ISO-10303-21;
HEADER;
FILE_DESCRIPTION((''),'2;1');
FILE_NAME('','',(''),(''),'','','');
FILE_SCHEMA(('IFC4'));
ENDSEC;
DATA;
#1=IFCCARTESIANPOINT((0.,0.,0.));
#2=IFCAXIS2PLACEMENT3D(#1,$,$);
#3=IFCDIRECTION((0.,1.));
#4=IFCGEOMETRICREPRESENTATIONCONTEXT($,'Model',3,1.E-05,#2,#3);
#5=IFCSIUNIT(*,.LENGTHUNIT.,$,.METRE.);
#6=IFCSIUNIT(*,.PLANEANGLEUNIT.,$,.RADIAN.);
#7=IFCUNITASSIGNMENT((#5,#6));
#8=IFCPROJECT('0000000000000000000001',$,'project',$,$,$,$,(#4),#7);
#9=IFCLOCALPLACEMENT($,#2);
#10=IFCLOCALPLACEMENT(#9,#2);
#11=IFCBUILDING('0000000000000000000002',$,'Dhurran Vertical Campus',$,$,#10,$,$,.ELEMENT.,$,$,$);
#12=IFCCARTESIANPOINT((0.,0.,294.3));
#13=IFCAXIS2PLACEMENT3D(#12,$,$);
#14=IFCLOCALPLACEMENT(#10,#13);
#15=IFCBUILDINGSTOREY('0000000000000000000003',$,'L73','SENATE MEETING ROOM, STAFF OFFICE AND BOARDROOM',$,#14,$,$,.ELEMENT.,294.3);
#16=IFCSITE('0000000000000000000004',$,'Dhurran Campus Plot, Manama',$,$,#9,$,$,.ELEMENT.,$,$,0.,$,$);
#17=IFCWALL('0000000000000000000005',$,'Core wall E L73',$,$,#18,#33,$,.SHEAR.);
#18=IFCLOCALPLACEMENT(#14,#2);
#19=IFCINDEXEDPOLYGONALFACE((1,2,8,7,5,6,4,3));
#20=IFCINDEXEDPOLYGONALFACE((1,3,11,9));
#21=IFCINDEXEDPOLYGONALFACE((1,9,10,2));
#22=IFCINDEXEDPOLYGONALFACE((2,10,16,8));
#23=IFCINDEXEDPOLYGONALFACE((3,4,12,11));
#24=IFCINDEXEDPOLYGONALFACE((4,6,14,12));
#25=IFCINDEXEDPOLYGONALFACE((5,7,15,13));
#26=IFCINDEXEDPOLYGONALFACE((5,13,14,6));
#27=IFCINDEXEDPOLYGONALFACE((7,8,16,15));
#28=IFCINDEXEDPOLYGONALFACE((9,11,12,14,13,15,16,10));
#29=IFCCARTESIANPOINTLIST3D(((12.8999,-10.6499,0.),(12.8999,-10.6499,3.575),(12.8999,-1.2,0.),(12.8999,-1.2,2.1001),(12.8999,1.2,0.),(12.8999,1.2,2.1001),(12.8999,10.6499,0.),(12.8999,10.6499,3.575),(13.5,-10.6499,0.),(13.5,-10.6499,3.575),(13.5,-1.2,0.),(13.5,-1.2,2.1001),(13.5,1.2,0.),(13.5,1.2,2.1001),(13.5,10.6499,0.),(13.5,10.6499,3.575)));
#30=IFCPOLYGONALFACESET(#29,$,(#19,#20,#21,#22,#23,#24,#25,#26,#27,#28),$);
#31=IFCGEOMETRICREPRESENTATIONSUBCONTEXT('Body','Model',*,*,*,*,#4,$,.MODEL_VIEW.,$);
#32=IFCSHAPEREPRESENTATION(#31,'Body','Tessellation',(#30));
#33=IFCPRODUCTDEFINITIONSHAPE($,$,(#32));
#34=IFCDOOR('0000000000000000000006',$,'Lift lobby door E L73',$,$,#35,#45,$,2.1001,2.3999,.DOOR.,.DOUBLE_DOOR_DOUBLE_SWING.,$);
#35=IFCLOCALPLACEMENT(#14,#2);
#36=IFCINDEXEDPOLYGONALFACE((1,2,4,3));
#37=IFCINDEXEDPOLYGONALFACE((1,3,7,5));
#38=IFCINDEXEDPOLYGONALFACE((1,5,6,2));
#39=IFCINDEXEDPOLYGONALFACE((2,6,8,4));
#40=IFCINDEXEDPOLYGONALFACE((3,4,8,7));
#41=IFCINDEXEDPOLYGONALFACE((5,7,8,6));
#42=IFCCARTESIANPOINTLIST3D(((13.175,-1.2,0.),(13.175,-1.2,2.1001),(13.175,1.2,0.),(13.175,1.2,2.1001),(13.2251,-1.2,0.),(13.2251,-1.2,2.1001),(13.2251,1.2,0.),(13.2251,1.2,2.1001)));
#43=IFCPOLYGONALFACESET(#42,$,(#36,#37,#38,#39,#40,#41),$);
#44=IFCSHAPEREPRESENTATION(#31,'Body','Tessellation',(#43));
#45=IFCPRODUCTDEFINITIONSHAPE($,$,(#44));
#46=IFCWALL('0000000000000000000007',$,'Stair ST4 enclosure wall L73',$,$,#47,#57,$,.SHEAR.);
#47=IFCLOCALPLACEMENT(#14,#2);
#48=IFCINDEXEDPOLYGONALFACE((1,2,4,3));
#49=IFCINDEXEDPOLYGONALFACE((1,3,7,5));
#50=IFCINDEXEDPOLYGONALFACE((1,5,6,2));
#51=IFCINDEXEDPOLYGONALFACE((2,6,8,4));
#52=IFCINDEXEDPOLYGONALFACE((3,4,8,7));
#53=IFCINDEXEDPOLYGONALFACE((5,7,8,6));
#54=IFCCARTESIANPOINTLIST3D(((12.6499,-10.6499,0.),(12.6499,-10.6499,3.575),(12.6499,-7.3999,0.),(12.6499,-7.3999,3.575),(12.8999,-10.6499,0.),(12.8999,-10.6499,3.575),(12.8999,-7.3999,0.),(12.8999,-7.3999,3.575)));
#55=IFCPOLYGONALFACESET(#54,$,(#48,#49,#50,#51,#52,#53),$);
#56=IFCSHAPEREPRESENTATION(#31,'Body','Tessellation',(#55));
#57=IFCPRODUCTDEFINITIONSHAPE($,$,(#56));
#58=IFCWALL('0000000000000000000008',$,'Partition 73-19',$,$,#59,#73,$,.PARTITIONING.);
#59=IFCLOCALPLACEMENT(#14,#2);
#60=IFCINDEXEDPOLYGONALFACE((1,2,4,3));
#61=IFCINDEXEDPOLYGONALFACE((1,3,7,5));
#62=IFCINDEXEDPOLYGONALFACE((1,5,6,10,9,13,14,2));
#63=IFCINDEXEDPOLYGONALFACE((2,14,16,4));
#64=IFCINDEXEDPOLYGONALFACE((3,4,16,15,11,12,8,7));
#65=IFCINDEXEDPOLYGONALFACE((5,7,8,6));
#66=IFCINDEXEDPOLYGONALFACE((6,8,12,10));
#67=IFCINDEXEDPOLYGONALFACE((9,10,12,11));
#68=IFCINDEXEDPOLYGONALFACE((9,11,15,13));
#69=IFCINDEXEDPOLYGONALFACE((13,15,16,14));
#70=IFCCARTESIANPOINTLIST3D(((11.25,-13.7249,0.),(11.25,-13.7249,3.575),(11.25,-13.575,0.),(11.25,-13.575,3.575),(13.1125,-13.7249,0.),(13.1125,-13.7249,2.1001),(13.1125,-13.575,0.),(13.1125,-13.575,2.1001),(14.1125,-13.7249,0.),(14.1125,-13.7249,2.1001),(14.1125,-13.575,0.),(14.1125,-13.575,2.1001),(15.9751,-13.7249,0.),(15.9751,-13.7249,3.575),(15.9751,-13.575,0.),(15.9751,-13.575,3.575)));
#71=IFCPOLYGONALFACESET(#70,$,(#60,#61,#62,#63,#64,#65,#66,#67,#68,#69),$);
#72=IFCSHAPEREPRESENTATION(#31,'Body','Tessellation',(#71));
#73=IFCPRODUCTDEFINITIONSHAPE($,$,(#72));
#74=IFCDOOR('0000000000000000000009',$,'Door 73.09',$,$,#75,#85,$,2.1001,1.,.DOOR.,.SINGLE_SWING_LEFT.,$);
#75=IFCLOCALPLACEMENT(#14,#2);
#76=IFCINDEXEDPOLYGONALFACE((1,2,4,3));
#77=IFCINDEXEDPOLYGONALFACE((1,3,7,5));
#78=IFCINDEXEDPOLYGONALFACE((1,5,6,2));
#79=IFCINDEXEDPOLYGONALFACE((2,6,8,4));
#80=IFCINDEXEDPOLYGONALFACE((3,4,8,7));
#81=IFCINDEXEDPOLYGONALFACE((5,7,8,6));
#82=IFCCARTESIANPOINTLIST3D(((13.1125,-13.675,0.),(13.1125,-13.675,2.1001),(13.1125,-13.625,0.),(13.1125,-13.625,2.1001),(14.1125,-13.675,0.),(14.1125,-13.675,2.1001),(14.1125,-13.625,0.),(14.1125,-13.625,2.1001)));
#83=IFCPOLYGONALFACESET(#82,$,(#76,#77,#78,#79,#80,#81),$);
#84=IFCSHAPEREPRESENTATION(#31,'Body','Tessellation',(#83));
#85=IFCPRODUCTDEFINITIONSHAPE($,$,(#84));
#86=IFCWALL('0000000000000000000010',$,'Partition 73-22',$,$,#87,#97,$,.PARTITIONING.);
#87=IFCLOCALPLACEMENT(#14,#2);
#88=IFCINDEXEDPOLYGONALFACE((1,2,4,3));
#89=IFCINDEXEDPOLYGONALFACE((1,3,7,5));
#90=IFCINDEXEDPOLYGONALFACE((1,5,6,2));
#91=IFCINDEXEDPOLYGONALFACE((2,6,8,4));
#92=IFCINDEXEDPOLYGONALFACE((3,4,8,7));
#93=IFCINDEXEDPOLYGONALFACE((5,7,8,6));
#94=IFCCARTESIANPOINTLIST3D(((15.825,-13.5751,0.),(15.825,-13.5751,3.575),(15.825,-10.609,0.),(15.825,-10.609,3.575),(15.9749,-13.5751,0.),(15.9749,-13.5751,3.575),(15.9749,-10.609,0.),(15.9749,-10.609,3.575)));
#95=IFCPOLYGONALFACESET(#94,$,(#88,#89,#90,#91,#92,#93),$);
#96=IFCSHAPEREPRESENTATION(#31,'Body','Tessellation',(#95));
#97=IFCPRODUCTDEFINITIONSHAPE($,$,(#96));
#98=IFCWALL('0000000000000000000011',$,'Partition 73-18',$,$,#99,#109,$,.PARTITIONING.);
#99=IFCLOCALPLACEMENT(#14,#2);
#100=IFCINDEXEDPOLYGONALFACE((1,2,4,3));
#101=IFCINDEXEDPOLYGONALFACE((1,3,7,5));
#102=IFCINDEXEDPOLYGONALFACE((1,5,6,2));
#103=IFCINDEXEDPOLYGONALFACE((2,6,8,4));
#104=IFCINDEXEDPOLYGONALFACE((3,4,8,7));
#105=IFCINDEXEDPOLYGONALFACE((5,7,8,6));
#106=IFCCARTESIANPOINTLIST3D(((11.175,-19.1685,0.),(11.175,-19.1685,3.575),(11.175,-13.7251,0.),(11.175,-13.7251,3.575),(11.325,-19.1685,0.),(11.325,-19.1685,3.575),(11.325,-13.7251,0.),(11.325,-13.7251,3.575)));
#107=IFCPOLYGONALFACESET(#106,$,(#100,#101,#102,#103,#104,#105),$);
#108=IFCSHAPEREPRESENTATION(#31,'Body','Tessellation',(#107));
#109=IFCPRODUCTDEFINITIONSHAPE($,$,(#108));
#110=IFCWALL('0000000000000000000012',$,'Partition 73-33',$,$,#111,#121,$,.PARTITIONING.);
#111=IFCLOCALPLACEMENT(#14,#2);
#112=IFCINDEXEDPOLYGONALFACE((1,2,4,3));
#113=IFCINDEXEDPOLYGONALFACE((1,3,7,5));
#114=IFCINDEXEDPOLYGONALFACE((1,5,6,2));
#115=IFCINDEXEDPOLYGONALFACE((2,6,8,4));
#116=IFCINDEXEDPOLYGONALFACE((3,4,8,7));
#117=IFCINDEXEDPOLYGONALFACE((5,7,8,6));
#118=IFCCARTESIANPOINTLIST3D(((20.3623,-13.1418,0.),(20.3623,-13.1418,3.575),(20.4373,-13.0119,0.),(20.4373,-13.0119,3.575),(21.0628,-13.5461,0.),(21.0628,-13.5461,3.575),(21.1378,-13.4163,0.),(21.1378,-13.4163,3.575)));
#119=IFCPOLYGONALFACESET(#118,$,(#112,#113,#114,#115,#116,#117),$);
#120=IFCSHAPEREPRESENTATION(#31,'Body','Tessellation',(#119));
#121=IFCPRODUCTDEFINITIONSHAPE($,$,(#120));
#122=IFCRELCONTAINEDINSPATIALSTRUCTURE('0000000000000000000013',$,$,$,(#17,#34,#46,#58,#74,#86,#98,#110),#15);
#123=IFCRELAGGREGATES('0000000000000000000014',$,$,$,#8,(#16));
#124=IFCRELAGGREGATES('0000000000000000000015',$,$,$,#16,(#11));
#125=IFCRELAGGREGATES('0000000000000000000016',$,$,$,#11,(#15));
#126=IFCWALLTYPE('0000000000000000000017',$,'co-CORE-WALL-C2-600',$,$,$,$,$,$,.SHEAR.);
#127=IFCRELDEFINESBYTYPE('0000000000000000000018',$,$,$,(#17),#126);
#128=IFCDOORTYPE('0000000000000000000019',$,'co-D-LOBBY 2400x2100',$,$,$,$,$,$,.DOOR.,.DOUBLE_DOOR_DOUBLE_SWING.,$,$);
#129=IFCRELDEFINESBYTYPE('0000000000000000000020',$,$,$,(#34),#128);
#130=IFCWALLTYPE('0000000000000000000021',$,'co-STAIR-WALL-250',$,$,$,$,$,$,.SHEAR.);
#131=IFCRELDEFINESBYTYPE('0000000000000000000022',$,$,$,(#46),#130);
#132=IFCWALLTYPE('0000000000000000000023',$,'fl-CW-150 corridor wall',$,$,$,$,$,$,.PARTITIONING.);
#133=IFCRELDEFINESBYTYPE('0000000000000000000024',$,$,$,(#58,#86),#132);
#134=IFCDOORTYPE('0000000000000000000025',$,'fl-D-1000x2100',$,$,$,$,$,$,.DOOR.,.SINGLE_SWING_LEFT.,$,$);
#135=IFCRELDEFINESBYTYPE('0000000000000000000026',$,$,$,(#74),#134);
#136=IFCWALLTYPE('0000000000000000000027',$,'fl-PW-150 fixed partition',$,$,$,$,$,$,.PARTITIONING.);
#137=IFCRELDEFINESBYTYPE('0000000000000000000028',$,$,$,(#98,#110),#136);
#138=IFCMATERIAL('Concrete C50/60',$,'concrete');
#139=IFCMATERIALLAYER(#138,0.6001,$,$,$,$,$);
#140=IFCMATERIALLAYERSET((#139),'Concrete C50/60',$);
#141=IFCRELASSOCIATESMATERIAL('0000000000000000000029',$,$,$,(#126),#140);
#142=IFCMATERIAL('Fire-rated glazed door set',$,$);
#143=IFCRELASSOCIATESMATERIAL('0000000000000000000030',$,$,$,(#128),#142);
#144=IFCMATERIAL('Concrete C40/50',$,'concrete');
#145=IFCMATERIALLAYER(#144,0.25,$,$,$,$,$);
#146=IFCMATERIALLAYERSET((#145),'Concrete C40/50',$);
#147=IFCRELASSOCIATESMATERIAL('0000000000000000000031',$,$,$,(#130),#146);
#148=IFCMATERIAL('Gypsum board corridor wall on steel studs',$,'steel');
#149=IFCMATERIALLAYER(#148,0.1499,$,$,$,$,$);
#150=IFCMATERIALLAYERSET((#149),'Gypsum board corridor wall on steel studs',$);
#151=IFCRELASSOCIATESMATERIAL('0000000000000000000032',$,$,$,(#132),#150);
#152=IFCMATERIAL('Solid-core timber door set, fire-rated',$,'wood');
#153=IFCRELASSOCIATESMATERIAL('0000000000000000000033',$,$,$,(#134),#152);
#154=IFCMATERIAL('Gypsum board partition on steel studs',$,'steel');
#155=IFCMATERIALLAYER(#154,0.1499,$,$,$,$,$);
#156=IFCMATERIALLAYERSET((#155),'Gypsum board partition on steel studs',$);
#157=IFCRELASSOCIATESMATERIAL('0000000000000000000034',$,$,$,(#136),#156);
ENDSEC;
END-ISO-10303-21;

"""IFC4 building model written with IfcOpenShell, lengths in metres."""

from ifc_helpers import new_model, si_unit, direction, frame, frame_2d, origin, place, context, subcontext, project, spatial, rectangle, extrude, material, layer, layer_set, type_object, element, fill, save


model = new_model("IFC4")

# Units and contexts
model_context = context("Model", 3, precision=1e-05, world=origin(), true_north=direction((0.0, 1.0)))
body_context = subcontext(model_context, "Body", "Model", "MODEL_VIEW")
ifc_project = project(units=[si_unit("LENGTHUNIT", "METRE"), si_unit("PLANEANGLEUNIT", "RADIAN")], contexts=[model_context])

# Site, building, storey
site_placement = place(None, origin())
site = spatial("IfcSite", under=ifc_project, at=site_placement, Name="Dhurran Campus Plot, Manama", CompositionType="ELEMENT", RefElevation=0.0)
building_placement = place(site_placement, origin())
building = spatial("IfcBuilding", under=site, at=building_placement, Name="Dhurran Vertical Campus", CompositionType="ELEMENT")
storey_placement = place(building_placement, frame((0.0, 0.0, 294.3)))
storey = spatial("IfcBuildingStorey", under=building, at=storey_placement, Name="L73", Description="SENATE MEETING ROOM, STAFF OFFICE AND BOARDROOM", CompositionType="ELEMENT", Elevation=294.3)

# Wall, opening, door
ifc_material_1 = material(Name="Concrete C50/60", Category="concrete")
ifc_layer_1 = layer(ifc_material_1, 0.6001)
ifc_layer_set_1 = layer_set([ifc_layer_1], Name="Concrete C50/60")
wall_type_1 = type_object("IfcWallType", Name="co-CORE-WALL-C2-600", PredefinedType="SHEAR", material=ifc_layer_set_1)
wall_1_placement = place(storey_placement, frame((13.2, -10.6499, 0.0), z_axis=(0.0, 0.0, 1.0), x_axis=(0.0, 1.0, 0.0)))
wall_1 = element("IfcWall", 1, at=wall_1_placement, inside=storey, type_object=wall_type_1, Name="Core wall E L73", PredefinedType="SHEAR", context=body_context, shape_type="SweptSolid", body=[
    extrude(rectangle(XDim=21.2998, YDim=0.6001, at=frame_2d((10.6499, 0.0))), origin(), (0.0, 0.0, 1.0), 3.575),
])
opening_1_placement = place(wall_1_placement, frame((9.45, 0.0, 0.0)))
opening_1 = element("IfcOpeningElement", 2, at=opening_1_placement, cuts=wall_1, PredefinedType="OPENING", context=body_context, shape_type="SweptSolid", body=[
    extrude(rectangle(XDim=2.3999, YDim=2.1001, at=frame_2d((1.2, 1.05))), frame((0.0, 0.3101, 0.0), z_axis=(0.0, -1.0, 0.0), x_axis=(1.0, 0.0, 0.0)), (0.0, 0.0, 1.0), 0.6201),
])
ifc_material_2 = material(Name="Fire-rated glazed door set")
door_type_1 = type_object("IfcDoorType", Name="co-D-LOBBY 2400x2100", OperationType="DOUBLE_DOOR_DOUBLE_SWING", PredefinedType="DOOR", material=ifc_material_2)
door_1_placement = place(opening_1_placement, origin())
door_1 = element("IfcDoor", 3, at=door_1_placement, inside=storey, type_object=door_type_1, Name="Lift lobby door E L73", OperationType="DOUBLE_DOOR_DOUBLE_SWING", OverallHeight=2.1001, OverallWidth=2.3999, PredefinedType="DOOR", context=body_context, shape_type="SweptSolid", body=[
    extrude(rectangle(XDim=2.3999, YDim=2.1001, at=frame_2d((1.2, 1.05))), frame((0.0, 0.0249, 0.0), z_axis=(0.0, -1.0, 0.0), x_axis=(1.0, 0.0, 0.0)), (0.0, 0.0, 1.0), 0.05),
])
fill(opening_1, door_1)

# Wall
ifc_material_3 = material(Name="Concrete C40/50", Category="concrete")
ifc_layer_2 = layer(ifc_material_3, 0.25)
ifc_layer_set_2 = layer_set([ifc_layer_2], Name="Concrete C40/50")
wall_type_2 = type_object("IfcWallType", Name="co-STAIR-WALL-250", PredefinedType="SHEAR", material=ifc_layer_set_2)
wall_2_placement = place(storey_placement, frame((12.7749, -10.6499, 0.0), z_axis=(0.0, 0.0, 1.0), x_axis=(0.0, 1.0, 0.0)))
element("IfcWall", 4, at=wall_2_placement, inside=storey, type_object=wall_type_2, Name="Stair ST4 enclosure wall L73", PredefinedType="SHEAR", context=body_context, shape_type="SweptSolid", body=[
    extrude(rectangle(XDim=3.25, YDim=0.25, at=frame_2d((1.625, 0.0))), origin(), (0.0, 0.0, 1.0), 3.575),
])

# Wall, opening, door
ifc_material_4 = material(Name="Gypsum board corridor wall on steel studs", Category="steel")
ifc_layer_3 = layer(ifc_material_4, 0.1499)
ifc_layer_set_3 = layer_set([ifc_layer_3], Name="Gypsum board corridor wall on steel studs")
wall_type_3 = type_object("IfcWallType", Name="fl-CW-150 corridor wall", PredefinedType="PARTITIONING", material=ifc_layer_set_3)
wall_3_placement = place(storey_placement, frame((11.25, -13.6499, 0.0), z_axis=(0.0, 0.0, 1.0), x_axis=(1.0, 0.0, 0.0)))
wall_3 = element("IfcWall", 5, at=wall_3_placement, inside=storey, type_object=wall_type_3, Name="Partition 73-19", PredefinedType="PARTITIONING", context=body_context, shape_type="SweptSolid", body=[
    extrude(rectangle(XDim=4.7251, YDim=0.1499, at=frame_2d((2.3625, 0.0))), origin(), (0.0, 0.0, 1.0), 3.575),
])
opening_2_placement = place(wall_3_placement, frame((1.8625, 0.0, 0.0)))
opening_2 = element("IfcOpeningElement", 6, at=opening_2_placement, cuts=wall_3, PredefinedType="OPENING", context=body_context, shape_type="SweptSolid", body=[
    extrude(rectangle(XDim=1.0, YDim=2.1001, at=frame_2d((0.5, 1.05))), frame((0.0, 0.085, 0.0), z_axis=(0.0, -1.0, 0.0), x_axis=(1.0, 0.0, 0.0)), (0.0, 0.0, 1.0), 0.1699),
])
ifc_material_5 = material(Name="Solid-core timber door set, fire-rated", Category="wood")
door_type_2 = type_object("IfcDoorType", Name="fl-D-1000x2100", OperationType="SINGLE_SWING_LEFT", PredefinedType="DOOR", material=ifc_material_5)
door_2_placement = place(opening_2_placement, origin())
door_2 = element("IfcDoor", 7, at=door_2_placement, inside=storey, type_object=door_type_2, Name="Door 73.09", OperationType="SINGLE_SWING_LEFT", OverallHeight=2.1001, OverallWidth=1.0, PredefinedType="DOOR", context=body_context, shape_type="SweptSolid", body=[
    extrude(rectangle(XDim=1.0, YDim=2.1001, at=frame_2d((0.5, 1.05))), frame((0.0, 0.0249, 0.0), z_axis=(0.0, -1.0, 0.0), x_axis=(1.0, 0.0, 0.0)), (0.0, 0.0, 1.0), 0.05),
])
fill(opening_2, door_2)

# Walls
wall_4_placement = place(storey_placement, frame((15.8999, -13.575, 0.0), z_axis=(0.0, 0.0, 1.0), x_axis=(0.0, 1.0, 0.0)))
element("IfcWall", 8, at=wall_4_placement, inside=storey, type_object=wall_type_3, Name="Partition 73-22", PredefinedType="PARTITIONING", context=body_context, shape_type="SweptSolid", body=[
    extrude(rectangle(XDim=2.9661, YDim=0.1499, at=frame_2d((1.4829, 0.0))), origin(), (0.0, 0.0, 1.0), 3.575),
])
ifc_material_6 = material(Name="Gypsum board partition on steel studs", Category="steel")
ifc_layer_4 = layer(ifc_material_6, 0.1499)
ifc_layer_set_4 = layer_set([ifc_layer_4], Name="Gypsum board partition on steel studs")
wall_type_4 = type_object("IfcWallType", Name="fl-PW-150 fixed partition", PredefinedType="PARTITIONING", material=ifc_layer_set_4)
wall_5_placement = place(storey_placement, frame((11.25, -13.7251, 0.0), z_axis=(0.0, 0.0, 1.0), x_axis=(0.0, -1.0, 0.0)))
element("IfcWall", 9, at=wall_5_placement, inside=storey, type_object=wall_type_4, Name="Partition 73-18", PredefinedType="PARTITIONING", context=body_context, shape_type="SweptSolid", body=[
    extrude(rectangle(XDim=5.4434, YDim=0.1499, at=frame_2d((2.7217, 0.0))), origin(), (0.0, 0.0, 1.0), 3.575),
])
wall_6_placement = place(storey_placement, frame((20.3999, -13.0769, 0.0), z_axis=(0.0, 0.0, 1.0), x_axis=(0.86608, -0.499905, 0.0)))
element("IfcWall", 10, at=wall_6_placement, inside=storey, type_object=wall_type_4, Name="Partition 73-33", PredefinedType="PARTITIONING", context=body_context, shape_type="SweptSolid", body=[
    extrude(rectangle(XDim=0.8088, YDim=0.1499, at=frame_2d((0.4043, 0.0))), origin(), (0.0, 0.0, 1.0), 3.575),
])

save(model, "model.ifc")
